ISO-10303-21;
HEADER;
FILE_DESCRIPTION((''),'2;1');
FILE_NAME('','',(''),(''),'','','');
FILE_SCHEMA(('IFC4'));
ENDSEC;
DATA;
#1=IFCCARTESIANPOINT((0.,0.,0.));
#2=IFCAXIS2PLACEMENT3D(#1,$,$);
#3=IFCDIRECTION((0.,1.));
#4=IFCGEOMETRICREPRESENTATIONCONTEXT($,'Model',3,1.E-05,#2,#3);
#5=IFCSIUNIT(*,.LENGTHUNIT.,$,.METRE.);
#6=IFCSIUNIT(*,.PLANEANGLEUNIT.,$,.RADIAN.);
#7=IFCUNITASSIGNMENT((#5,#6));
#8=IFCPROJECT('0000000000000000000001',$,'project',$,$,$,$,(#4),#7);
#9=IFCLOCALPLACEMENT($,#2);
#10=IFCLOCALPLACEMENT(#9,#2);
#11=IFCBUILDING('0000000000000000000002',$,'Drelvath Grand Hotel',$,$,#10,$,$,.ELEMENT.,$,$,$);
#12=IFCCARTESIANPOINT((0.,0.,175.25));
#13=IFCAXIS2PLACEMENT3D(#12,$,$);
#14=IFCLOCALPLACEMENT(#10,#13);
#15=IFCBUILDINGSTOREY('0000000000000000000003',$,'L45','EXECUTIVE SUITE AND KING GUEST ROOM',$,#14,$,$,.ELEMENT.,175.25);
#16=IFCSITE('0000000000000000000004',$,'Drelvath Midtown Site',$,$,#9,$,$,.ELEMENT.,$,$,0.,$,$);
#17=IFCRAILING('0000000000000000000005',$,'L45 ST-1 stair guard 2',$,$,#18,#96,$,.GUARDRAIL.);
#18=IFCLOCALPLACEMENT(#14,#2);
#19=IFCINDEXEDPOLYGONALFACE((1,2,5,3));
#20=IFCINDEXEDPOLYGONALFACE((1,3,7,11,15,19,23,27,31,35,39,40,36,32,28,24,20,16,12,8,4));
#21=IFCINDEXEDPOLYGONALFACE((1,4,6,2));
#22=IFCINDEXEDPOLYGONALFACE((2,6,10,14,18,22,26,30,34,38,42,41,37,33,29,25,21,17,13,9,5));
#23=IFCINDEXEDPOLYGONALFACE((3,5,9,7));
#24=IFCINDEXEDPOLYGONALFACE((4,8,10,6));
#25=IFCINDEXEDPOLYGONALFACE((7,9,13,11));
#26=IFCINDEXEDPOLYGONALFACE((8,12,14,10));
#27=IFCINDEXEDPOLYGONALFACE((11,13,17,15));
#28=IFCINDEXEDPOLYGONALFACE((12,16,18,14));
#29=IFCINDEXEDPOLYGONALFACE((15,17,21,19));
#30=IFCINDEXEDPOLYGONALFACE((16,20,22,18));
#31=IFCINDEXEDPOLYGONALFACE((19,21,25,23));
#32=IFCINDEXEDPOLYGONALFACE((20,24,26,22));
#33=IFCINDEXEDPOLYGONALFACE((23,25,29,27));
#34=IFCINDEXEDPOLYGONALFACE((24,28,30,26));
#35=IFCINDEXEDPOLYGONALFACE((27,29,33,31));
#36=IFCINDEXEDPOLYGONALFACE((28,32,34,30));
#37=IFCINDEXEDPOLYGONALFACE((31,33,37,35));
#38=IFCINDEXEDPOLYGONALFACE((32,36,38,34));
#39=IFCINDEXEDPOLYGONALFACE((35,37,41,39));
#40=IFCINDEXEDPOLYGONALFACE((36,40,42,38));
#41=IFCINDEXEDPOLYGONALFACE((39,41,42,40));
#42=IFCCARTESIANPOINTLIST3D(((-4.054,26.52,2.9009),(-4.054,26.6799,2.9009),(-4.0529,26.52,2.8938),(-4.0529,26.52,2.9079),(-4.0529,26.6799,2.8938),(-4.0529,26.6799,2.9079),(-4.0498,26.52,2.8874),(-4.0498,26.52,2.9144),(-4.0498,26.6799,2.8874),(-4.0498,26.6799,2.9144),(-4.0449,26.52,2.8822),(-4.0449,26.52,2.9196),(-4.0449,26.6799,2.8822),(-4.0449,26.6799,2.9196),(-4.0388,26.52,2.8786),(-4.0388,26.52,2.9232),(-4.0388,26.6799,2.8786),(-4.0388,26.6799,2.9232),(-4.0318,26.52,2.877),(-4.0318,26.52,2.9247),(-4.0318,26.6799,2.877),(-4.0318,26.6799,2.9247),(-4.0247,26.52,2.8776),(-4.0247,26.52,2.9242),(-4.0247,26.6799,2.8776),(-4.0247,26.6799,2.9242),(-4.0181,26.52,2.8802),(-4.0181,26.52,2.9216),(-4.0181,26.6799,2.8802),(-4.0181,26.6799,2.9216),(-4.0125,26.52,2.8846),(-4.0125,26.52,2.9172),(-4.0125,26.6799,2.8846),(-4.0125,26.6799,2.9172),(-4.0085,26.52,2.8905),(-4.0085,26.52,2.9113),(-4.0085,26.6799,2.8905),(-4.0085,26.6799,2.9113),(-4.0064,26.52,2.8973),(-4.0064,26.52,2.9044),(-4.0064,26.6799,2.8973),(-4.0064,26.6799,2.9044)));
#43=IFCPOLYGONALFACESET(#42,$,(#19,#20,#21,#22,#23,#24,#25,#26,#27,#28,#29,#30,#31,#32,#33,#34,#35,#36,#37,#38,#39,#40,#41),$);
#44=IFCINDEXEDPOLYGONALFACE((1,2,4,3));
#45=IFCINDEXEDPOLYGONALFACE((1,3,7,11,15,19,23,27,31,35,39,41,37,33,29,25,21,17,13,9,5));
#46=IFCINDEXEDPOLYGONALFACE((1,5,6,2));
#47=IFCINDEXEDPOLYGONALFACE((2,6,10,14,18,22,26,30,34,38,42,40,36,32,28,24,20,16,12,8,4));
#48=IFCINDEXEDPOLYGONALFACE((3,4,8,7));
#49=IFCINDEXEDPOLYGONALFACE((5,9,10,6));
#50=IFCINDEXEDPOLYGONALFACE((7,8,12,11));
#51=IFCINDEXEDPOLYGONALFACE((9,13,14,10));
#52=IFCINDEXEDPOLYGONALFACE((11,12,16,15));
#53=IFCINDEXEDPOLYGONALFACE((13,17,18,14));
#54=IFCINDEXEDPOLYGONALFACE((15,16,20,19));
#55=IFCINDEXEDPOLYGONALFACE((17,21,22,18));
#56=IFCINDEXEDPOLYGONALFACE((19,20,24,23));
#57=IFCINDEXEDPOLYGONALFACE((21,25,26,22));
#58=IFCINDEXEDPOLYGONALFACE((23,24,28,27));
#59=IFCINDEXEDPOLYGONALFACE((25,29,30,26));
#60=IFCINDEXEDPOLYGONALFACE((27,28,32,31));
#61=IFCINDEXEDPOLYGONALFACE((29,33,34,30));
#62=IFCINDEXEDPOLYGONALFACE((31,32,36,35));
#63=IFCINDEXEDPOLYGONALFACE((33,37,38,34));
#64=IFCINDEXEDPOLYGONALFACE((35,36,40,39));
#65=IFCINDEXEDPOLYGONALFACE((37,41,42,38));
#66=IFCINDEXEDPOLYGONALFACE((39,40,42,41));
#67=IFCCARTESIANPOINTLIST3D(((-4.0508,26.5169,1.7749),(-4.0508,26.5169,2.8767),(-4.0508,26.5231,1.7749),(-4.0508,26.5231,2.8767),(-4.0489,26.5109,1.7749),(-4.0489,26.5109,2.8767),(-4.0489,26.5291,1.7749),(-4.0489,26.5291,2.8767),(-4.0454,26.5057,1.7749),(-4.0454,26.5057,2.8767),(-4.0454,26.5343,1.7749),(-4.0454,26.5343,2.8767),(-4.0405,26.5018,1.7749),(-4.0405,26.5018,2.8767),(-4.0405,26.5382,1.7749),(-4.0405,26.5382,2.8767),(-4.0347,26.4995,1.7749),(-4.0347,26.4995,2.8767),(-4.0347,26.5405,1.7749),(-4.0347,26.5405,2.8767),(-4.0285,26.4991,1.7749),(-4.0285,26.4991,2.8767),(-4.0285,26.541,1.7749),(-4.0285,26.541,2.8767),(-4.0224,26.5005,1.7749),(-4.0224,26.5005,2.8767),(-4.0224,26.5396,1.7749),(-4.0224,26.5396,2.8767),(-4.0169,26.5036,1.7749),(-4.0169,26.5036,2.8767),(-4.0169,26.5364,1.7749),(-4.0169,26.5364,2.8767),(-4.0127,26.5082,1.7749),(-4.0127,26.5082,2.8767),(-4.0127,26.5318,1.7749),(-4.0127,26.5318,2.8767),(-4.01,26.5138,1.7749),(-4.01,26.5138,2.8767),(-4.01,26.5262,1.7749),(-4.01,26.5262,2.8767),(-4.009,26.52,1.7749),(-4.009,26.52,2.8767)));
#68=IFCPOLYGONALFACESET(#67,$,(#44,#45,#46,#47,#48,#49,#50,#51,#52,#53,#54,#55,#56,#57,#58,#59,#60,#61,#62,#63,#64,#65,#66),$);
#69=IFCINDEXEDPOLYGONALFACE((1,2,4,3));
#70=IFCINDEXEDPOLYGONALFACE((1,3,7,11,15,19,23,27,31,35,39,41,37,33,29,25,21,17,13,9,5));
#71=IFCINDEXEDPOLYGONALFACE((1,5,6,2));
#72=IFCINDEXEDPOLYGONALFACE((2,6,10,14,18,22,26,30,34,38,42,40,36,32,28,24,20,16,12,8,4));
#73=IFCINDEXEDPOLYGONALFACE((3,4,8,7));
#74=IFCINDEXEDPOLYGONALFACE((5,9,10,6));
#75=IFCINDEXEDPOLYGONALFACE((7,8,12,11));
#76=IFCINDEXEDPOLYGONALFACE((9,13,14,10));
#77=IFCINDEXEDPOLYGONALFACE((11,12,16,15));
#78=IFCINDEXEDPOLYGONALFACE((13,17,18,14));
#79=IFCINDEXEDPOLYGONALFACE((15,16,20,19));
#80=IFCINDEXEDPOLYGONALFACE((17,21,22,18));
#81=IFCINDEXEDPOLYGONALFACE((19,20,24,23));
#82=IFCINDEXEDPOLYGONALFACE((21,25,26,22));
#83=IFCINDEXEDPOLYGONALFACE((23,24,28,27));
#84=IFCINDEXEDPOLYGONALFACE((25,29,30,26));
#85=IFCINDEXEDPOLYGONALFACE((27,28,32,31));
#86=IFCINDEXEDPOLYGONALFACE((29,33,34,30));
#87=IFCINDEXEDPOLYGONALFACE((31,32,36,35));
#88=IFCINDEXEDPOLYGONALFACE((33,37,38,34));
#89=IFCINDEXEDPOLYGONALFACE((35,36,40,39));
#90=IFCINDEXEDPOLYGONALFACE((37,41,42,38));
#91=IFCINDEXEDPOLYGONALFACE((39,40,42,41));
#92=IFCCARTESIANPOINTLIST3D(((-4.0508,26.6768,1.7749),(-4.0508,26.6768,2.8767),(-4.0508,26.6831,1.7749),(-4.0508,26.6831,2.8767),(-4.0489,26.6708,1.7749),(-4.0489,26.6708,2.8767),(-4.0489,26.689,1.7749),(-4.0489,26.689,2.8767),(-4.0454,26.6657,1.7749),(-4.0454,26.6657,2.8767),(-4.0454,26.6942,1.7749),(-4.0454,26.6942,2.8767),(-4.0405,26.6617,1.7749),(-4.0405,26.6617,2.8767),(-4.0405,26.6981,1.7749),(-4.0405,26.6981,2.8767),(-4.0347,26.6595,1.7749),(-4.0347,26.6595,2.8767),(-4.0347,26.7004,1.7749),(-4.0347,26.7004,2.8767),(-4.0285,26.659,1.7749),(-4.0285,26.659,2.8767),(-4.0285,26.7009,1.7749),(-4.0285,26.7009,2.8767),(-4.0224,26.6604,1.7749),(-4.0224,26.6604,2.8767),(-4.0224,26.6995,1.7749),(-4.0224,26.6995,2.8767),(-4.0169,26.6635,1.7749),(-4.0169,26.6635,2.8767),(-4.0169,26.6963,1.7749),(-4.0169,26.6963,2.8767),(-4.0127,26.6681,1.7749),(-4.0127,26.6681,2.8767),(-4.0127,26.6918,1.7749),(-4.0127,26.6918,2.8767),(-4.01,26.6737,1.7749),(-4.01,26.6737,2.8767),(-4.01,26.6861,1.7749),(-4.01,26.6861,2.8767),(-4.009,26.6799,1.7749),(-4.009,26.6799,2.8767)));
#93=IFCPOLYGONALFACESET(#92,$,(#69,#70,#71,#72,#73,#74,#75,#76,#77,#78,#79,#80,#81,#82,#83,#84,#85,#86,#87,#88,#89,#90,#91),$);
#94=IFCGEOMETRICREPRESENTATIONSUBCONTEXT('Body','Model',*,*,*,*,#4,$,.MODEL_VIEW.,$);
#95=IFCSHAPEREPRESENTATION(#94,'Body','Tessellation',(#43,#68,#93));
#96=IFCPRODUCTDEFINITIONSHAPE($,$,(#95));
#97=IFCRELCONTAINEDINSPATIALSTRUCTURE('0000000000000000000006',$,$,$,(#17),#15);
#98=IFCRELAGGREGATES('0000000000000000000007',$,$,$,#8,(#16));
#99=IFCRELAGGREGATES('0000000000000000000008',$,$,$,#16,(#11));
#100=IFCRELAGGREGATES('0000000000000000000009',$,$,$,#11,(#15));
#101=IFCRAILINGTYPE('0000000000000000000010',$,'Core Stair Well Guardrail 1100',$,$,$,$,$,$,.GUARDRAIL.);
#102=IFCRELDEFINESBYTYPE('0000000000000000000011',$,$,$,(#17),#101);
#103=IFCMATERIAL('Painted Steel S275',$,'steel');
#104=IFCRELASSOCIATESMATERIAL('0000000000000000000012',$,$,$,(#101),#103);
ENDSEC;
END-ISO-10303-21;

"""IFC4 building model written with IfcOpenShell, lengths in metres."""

from ifc_helpers import new_model, si_unit, direction, frame, origin, origin_2d, place, context, subcontext, project, spatial, circle, extrude, material, type_object, element, save


model = new_model("IFC4")

# Units and contexts
model_context = context("Model", 3, precision=1e-05, world=origin(), true_north=direction((0.0, 1.0)))
body_context = subcontext(model_context, "Body", "Model", "MODEL_VIEW")
ifc_project = project(units=[si_unit("LENGTHUNIT", "METRE"), si_unit("PLANEANGLEUNIT", "RADIAN")], contexts=[model_context])

# Site, building, storey
site_placement = place(None, origin())
site = spatial("IfcSite", under=ifc_project, at=site_placement, Name="Drelvath Midtown Site", CompositionType="ELEMENT", RefElevation=0.0)
building_placement = place(site_placement, origin())
building = spatial("IfcBuilding", under=site, at=building_placement, Name="Drelvath Grand Hotel", CompositionType="ELEMENT")
storey_placement = place(building_placement, frame((0.0, 0.0, 175.25)))
storey = spatial("IfcBuildingStorey", under=building, at=storey_placement, Name="L45", Description="EXECUTIVE SUITE AND KING GUEST ROOM", CompositionType="ELEMENT", Elevation=175.25)

# Shared definitions
ifc_material_1 = material(Name="Painted Steel S275", Category="steel")

# Railing
railing_type_1 = type_object("IfcRailingType", Name="Core Stair Well Guardrail 1100", PredefinedType="GUARDRAIL", material=ifc_material_1)
railing_1_placement = place(storey_placement, frame((-4.03, 26.52, 1.7749)))
element("IfcRailing", 1, at=railing_1_placement, inside=storey, type_object=railing_type_1, Name="L45 ST-1 stair guard 2", PredefinedType="GUARDRAIL", context=body_context, shape_type="SweptSolid", body=[
    extrude(circle(Radius=0.0239, at=origin_2d()), frame((0.0, 0.0, 1.126), z_axis=(0.0, 1.0, 0.0), x_axis=(-1.0, 0.0, 0.0)), (0.0, 0.0, 1.0), 0.1599),
    extrude(circle(Radius=0.021, at=origin_2d()), origin(), (0.0, 0.0, 1.0), 1.1018),
    extrude(circle(Radius=0.021, at=origin_2d()), frame((0.0, 0.1599, 0.0)), (0.0, 0.0, 1.0), 1.1018),
])

save(model, "model.ifc")
